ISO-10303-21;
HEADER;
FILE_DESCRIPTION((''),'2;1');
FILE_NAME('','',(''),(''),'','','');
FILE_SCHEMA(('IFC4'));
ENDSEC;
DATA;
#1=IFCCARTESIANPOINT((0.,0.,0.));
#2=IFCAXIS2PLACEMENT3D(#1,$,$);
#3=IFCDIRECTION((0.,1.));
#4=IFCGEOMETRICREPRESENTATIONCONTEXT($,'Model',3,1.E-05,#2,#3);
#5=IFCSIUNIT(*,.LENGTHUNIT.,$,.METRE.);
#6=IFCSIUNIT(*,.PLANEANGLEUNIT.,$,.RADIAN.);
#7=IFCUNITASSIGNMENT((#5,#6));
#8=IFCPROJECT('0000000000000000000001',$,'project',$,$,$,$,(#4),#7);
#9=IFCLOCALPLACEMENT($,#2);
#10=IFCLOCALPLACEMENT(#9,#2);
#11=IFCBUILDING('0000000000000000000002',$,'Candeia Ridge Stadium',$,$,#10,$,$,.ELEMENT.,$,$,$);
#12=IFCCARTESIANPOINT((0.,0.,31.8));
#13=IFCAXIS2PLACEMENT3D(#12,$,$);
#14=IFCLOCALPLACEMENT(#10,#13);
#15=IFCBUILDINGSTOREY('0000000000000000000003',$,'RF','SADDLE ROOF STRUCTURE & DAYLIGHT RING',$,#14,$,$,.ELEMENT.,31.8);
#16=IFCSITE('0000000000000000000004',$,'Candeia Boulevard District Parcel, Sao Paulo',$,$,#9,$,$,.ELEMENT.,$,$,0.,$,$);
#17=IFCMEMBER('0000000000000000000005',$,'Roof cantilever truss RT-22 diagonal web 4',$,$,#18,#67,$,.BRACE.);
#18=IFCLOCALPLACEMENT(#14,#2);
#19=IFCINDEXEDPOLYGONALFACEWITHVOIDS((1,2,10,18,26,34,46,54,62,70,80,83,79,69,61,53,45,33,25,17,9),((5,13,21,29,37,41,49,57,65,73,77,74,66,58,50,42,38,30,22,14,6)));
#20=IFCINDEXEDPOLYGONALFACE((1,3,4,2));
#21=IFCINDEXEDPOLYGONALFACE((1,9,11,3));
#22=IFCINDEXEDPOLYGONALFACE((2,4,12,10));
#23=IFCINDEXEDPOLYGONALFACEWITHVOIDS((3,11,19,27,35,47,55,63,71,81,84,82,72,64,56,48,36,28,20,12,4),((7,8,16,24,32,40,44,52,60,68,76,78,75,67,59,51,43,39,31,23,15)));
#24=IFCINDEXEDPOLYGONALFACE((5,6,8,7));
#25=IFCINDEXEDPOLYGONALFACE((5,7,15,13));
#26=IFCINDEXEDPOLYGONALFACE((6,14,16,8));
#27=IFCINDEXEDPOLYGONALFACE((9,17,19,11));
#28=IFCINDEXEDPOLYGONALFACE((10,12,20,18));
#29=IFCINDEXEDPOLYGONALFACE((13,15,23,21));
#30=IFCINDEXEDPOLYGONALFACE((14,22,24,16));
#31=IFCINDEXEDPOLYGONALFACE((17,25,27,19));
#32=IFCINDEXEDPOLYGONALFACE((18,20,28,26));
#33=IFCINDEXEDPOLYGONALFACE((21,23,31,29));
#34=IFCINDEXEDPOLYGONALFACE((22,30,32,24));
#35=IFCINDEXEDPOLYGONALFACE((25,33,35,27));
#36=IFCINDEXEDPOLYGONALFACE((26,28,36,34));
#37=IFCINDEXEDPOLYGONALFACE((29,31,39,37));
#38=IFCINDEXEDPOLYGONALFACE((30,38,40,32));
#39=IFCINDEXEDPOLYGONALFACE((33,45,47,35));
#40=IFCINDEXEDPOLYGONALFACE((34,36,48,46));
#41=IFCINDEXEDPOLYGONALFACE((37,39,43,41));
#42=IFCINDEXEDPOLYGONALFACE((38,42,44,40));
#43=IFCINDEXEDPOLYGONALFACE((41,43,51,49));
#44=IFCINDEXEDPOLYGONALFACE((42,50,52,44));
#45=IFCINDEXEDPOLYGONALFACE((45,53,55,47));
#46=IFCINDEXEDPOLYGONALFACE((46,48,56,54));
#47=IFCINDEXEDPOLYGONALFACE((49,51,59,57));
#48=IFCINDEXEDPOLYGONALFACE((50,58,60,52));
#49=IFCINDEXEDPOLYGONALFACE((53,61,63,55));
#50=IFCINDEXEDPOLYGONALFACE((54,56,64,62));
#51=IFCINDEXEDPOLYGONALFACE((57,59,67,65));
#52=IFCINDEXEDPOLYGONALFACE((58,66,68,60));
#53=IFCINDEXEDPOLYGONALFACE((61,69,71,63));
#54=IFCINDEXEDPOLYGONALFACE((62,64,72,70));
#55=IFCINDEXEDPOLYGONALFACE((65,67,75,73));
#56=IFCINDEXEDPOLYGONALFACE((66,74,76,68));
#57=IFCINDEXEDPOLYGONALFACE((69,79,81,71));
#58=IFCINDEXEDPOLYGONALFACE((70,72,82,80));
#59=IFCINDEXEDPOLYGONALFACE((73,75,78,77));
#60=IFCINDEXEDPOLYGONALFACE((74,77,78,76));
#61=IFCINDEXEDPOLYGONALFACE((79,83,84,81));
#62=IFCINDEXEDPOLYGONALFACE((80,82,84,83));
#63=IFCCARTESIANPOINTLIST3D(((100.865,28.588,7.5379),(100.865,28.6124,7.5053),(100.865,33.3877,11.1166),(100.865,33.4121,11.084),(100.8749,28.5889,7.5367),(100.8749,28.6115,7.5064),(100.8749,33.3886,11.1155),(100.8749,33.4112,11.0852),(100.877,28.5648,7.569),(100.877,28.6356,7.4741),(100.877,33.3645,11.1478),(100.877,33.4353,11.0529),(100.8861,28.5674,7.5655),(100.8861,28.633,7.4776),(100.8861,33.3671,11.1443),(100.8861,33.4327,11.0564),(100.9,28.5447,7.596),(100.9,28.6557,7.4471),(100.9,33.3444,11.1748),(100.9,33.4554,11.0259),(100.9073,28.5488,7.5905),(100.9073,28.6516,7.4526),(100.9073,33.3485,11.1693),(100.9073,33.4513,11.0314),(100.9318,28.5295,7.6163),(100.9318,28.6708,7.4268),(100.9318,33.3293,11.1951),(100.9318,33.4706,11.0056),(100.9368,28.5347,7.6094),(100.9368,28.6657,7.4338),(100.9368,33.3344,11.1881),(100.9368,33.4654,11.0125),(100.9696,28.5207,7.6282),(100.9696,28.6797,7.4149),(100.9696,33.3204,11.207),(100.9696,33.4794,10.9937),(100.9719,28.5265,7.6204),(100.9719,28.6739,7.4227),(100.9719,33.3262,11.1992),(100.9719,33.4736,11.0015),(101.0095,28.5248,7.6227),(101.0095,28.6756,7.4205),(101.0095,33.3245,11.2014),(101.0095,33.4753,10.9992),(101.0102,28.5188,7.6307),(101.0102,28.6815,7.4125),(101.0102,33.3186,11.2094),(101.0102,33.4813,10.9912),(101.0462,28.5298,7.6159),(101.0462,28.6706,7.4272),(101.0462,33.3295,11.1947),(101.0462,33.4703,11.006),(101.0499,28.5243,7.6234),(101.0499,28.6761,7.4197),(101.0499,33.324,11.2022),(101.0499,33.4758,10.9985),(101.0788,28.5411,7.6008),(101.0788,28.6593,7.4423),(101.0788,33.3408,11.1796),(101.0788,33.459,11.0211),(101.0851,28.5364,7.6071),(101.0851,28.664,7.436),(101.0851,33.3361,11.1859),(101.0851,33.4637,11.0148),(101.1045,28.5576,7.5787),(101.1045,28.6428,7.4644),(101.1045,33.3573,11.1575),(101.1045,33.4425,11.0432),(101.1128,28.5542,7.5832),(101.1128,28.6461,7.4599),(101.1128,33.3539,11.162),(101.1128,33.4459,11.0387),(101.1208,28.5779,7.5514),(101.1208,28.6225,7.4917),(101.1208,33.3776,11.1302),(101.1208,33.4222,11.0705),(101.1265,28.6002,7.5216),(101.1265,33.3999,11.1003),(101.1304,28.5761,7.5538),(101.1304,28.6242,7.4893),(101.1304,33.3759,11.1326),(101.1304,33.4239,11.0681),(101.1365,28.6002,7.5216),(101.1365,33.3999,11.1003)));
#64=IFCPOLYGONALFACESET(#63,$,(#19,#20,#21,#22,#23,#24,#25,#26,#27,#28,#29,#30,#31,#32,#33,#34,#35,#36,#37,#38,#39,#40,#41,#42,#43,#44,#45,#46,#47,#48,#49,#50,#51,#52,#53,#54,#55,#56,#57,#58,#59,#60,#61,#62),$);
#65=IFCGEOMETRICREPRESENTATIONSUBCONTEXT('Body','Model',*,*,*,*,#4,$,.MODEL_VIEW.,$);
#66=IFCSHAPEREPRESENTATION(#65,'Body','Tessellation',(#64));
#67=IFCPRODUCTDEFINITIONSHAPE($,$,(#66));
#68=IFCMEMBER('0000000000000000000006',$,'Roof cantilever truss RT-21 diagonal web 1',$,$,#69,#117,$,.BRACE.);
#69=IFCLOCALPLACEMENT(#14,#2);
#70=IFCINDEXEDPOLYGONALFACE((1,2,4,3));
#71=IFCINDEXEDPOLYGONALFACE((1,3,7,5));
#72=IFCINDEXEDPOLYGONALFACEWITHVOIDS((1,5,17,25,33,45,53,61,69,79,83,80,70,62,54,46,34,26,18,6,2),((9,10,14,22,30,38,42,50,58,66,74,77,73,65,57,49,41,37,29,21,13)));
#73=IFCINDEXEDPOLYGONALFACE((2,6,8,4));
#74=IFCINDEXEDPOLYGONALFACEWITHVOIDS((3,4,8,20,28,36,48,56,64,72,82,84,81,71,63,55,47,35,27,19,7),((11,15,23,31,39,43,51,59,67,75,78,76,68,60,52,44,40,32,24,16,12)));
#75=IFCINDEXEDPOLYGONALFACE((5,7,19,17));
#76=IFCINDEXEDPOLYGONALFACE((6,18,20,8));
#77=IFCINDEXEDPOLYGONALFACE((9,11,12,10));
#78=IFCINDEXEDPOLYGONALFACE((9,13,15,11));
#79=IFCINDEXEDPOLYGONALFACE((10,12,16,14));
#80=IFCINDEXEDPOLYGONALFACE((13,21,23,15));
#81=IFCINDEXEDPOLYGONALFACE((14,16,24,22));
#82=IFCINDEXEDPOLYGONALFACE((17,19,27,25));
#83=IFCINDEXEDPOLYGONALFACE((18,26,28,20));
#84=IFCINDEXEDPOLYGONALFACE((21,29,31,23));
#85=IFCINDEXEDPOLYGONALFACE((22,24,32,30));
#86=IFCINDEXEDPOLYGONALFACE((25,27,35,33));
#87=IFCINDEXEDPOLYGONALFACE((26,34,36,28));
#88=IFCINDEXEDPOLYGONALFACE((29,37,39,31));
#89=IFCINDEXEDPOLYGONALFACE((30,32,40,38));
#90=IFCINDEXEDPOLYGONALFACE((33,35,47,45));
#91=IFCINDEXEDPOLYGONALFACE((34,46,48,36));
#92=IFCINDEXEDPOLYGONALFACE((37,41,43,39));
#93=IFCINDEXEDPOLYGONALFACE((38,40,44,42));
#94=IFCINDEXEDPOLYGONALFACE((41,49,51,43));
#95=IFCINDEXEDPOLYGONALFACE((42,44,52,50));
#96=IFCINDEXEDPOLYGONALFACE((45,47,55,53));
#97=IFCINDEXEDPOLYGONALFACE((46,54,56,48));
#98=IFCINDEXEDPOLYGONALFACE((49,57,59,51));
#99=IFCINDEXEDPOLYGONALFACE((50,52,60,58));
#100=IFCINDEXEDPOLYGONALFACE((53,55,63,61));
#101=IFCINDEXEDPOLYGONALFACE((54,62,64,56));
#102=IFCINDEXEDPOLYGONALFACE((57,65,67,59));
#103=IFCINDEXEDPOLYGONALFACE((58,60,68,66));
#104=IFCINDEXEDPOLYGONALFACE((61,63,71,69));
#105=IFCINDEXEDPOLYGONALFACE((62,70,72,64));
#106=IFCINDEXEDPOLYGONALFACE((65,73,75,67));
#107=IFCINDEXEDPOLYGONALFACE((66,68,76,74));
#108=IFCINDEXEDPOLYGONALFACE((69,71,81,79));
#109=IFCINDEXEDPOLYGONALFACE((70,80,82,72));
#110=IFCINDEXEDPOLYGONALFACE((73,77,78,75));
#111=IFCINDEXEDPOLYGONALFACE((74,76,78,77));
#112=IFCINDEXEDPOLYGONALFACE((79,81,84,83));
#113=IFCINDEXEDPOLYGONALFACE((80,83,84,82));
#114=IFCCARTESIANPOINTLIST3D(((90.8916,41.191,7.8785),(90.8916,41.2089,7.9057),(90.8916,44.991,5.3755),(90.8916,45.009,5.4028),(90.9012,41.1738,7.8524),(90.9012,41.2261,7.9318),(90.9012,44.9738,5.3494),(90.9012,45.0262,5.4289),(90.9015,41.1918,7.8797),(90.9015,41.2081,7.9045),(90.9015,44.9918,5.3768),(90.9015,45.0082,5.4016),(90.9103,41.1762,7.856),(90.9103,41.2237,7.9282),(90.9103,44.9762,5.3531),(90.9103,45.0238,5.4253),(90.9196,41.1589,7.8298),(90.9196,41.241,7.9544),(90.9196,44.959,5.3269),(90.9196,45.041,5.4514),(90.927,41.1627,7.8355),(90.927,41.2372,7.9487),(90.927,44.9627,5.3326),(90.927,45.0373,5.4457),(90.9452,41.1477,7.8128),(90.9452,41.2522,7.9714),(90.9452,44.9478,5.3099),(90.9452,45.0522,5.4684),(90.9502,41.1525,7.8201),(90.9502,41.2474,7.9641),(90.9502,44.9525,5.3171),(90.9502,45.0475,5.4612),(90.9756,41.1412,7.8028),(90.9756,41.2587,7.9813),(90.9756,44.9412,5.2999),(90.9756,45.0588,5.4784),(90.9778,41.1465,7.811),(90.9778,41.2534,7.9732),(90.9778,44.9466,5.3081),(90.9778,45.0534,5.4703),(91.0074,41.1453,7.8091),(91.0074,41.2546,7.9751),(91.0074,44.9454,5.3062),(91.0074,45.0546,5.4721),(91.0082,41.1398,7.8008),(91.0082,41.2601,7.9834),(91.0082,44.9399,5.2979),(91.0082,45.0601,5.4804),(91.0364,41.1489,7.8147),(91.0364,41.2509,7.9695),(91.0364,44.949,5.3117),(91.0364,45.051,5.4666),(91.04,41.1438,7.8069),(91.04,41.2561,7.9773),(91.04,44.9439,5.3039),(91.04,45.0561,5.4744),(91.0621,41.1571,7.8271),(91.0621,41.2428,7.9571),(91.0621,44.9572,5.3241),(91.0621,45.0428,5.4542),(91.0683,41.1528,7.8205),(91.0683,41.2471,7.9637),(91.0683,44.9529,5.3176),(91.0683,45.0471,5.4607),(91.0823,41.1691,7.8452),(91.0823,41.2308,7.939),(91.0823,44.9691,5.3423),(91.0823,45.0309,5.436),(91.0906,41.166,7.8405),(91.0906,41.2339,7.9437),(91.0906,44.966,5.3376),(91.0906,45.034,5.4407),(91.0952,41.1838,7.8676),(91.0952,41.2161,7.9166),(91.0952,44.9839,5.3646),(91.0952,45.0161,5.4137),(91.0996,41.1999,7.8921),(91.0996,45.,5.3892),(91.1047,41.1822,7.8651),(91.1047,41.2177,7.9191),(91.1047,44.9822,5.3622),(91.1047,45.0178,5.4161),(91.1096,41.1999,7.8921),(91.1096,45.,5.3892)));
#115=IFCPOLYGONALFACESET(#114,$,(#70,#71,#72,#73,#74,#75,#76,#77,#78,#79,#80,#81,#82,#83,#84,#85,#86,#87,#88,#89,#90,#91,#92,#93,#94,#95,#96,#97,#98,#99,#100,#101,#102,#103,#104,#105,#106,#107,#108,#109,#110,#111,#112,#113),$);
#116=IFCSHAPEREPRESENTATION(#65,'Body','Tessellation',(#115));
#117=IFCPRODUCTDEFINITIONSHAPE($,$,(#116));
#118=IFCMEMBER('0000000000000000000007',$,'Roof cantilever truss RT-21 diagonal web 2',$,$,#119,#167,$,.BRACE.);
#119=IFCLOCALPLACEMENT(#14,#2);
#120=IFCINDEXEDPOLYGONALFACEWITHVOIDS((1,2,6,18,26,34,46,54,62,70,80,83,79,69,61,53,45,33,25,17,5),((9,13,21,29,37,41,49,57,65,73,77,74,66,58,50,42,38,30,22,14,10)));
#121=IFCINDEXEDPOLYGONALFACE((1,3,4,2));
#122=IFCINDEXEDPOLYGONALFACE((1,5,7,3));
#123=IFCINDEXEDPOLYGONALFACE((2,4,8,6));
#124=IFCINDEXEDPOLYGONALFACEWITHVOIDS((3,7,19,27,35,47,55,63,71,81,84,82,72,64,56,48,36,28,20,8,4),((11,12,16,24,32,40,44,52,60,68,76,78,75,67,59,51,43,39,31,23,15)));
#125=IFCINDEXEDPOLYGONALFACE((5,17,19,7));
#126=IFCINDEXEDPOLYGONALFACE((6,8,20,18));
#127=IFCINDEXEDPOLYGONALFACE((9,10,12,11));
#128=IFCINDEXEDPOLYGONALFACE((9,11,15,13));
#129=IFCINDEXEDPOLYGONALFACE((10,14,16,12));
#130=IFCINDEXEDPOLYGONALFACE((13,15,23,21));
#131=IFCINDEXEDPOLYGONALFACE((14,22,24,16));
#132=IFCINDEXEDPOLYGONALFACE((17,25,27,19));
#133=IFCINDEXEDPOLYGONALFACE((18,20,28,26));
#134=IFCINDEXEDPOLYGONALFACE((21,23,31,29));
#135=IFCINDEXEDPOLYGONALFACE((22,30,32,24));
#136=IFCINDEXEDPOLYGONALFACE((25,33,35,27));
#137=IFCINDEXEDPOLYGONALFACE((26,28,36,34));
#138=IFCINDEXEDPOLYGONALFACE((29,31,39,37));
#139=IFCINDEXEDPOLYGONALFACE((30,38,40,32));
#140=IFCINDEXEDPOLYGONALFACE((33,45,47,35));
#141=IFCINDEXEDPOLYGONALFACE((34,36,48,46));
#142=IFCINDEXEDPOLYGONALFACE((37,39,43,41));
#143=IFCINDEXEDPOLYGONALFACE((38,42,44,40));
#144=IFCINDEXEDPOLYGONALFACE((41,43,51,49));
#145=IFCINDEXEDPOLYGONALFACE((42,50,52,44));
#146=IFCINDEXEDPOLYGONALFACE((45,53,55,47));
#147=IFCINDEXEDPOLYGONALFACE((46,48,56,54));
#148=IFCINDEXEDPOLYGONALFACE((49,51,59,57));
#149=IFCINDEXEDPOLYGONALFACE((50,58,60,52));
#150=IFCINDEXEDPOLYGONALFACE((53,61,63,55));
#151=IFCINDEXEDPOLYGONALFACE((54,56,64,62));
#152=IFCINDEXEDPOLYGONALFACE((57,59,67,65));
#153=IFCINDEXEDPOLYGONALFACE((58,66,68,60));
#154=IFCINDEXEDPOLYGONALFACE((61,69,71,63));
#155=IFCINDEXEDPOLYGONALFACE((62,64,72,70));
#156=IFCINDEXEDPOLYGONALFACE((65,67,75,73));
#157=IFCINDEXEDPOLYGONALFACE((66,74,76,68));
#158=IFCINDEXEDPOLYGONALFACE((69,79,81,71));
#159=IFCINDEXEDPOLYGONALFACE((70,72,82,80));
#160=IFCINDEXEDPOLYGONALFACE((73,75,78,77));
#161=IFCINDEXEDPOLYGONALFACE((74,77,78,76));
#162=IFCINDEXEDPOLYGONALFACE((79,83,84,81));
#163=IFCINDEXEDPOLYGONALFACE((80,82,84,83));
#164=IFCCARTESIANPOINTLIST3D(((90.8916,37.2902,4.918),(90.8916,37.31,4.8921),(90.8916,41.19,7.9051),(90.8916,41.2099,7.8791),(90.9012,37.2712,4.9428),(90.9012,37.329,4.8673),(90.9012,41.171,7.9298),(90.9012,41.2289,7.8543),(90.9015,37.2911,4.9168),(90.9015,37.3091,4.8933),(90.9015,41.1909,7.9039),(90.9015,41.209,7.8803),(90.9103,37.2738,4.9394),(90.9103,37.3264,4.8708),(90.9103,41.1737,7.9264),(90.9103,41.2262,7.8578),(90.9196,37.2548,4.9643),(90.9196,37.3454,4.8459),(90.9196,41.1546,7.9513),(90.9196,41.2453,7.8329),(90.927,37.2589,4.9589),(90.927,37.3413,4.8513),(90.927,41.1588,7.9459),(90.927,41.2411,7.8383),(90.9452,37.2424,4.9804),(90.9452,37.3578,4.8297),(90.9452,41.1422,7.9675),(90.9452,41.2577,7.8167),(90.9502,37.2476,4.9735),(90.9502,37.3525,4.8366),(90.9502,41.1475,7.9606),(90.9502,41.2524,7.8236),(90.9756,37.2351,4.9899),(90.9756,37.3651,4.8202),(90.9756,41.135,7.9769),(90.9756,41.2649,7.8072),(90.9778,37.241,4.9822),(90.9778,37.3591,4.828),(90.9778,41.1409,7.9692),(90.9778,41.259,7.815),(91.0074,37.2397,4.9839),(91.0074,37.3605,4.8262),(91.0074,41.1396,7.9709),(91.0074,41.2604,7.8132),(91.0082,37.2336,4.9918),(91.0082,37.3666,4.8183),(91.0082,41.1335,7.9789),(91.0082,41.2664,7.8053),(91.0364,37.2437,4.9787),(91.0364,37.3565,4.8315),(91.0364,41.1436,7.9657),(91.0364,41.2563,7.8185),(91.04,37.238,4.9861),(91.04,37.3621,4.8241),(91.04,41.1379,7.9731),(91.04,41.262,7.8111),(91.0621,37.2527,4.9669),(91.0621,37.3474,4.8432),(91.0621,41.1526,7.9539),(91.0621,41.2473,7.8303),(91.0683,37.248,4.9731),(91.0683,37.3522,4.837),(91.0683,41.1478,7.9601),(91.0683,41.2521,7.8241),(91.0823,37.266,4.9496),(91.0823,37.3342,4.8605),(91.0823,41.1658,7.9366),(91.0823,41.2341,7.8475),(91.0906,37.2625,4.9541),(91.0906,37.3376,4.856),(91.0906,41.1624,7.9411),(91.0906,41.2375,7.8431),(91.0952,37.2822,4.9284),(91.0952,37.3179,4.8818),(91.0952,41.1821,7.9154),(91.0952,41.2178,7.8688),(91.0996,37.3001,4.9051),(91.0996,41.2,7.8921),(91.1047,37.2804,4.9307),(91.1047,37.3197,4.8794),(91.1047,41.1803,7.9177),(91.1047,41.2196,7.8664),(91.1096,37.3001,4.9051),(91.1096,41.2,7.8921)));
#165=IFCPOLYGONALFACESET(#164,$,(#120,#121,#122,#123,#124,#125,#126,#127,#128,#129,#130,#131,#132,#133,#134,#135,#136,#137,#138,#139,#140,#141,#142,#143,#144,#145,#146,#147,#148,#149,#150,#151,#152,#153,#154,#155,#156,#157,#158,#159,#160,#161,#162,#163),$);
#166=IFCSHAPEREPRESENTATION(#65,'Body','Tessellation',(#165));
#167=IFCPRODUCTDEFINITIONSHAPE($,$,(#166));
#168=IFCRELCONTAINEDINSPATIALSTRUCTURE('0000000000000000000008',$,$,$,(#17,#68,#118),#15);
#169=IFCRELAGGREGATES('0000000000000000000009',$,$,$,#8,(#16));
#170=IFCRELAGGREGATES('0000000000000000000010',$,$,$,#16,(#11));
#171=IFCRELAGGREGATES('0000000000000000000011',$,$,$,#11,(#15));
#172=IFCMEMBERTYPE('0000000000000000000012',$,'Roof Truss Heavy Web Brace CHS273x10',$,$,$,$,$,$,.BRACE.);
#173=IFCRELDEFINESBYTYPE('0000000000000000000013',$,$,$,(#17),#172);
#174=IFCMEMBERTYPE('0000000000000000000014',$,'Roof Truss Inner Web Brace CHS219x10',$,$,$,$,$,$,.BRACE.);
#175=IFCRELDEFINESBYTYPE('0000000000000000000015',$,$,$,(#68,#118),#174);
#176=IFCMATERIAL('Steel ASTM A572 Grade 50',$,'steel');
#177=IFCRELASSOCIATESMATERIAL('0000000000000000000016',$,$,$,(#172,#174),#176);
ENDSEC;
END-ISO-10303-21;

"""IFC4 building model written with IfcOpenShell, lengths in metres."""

from ifc_helpers import new_model, si_unit, direction, frame, origin, origin_2d, place, context, subcontext, project, spatial, hollow_circle, extrude, material, material_profile, profile_set, type_object, element, save


model = new_model("IFC4")

# Units and contexts
model_context = context("Model", 3, precision=1e-05, world=origin(), true_north=direction((0.0, 1.0)))
body_context = subcontext(model_context, "Body", "Model", "MODEL_VIEW")
ifc_project = project(units=[si_unit("LENGTHUNIT", "METRE"), si_unit("PLANEANGLEUNIT", "RADIAN")], contexts=[model_context])

# Site, building, storey
site_placement = place(None, origin())
site = spatial("IfcSite", under=ifc_project, at=site_placement, Name="Candeia Boulevard District Parcel, Sao Paulo", CompositionType="ELEMENT", RefElevation=0.0)
building_placement = place(site_placement, origin())
building = spatial("IfcBuilding", under=site, at=building_placement, Name="Candeia Ridge Stadium", CompositionType="ELEMENT")
storey_placement = place(building_placement, frame((0.0, 0.0, 31.8)))
storey = spatial("IfcBuildingStorey", under=building, at=storey_placement, Name="RF", Description="SADDLE ROOF STRUCTURE & DAYLIGHT RING", CompositionType="ELEMENT", Elevation=31.8)

# Shared definitions
ifc_material_1 = material(Name="Steel ASTM A572 Grade 50", Category="steel")

# Members
ifc_material_profile_1 = material_profile(ifc_material_1, hollow_circle(Radius=0.1365, WallThickness=0.01, at=origin_2d()), Name="CHS273x10", Category="steel")
ifc_profile_set_1 = profile_set([ifc_material_profile_1], Name="Steel ASTM A572 Grade 50")
member_type_1 = type_object("IfcMemberType", Name="Roof Truss Heavy Web Brace CHS273x10", PredefinedType="BRACE", material=ifc_profile_set_1)
member_1_placement = place(storey_placement, frame((101.0, 33.3999, 11.1003), z_axis=(0.0, -0.80168, -0.597753), x_axis=(1.0, 0.0, 0.0)))
element("IfcMember", 1, at=member_1_placement, inside=storey, type_object=member_type_1, Name="Roof cantilever truss RT-22 diagonal web 4", PredefinedType="BRACE", context=body_context, shape_type="SweptSolid", body=[
    extrude(hollow_circle(Radius=0.1365, WallThickness=0.01, at=origin_2d()), origin(), (0.0, 0.0, 1.0), 5.9871),
])
ifc_material_profile_2 = material_profile(ifc_material_1, hollow_circle(Radius=0.1096, WallThickness=0.01, at=origin_2d()), Name="CHS219x10", Category="steel")
ifc_profile_set_2 = profile_set([ifc_material_profile_2], Name="Steel ASTM A572 Grade 50")
member_type_2 = type_object("IfcMemberType", Name="Roof Truss Inner Web Brace CHS219x10", PredefinedType="BRACE", material=ifc_profile_set_2)
member_2_placement = place(storey_placement, frame((91.0, 45.0, 5.3892), z_axis=(0.0, -0.835125, 0.550061), x_axis=(1.0, 0.0, 0.0)))
element("IfcMember", 2, at=member_2_placement, inside=storey, type_object=member_type_2, Name="Roof cantilever truss RT-21 diagonal web 1", PredefinedType="BRACE", context=body_context, shape_type="SweptSolid", body=[
    extrude(hollow_circle(Radius=0.1096, WallThickness=0.01, at=origin_2d()), origin(), (0.0, 0.0, 1.0), 4.5503),
])
member_3_placement = place(storey_placement, frame((91.0, 41.2, 7.8921), z_axis=(0.0, -0.793888, -0.608064), x_axis=(1.0, 0.0, 0.0)))
element("IfcMember", 3, at=member_3_placement, inside=storey, type_object=member_type_2, Name="Roof cantilever truss RT-21 diagonal web 2", PredefinedType="BRACE", context=body_context, shape_type="SweptSolid", body=[
    extrude(hollow_circle(Radius=0.1096, WallThickness=0.01, at=origin_2d()), origin(), (0.0, 0.0, 1.0), 4.9124),
])

save(model, "model.ifc")
